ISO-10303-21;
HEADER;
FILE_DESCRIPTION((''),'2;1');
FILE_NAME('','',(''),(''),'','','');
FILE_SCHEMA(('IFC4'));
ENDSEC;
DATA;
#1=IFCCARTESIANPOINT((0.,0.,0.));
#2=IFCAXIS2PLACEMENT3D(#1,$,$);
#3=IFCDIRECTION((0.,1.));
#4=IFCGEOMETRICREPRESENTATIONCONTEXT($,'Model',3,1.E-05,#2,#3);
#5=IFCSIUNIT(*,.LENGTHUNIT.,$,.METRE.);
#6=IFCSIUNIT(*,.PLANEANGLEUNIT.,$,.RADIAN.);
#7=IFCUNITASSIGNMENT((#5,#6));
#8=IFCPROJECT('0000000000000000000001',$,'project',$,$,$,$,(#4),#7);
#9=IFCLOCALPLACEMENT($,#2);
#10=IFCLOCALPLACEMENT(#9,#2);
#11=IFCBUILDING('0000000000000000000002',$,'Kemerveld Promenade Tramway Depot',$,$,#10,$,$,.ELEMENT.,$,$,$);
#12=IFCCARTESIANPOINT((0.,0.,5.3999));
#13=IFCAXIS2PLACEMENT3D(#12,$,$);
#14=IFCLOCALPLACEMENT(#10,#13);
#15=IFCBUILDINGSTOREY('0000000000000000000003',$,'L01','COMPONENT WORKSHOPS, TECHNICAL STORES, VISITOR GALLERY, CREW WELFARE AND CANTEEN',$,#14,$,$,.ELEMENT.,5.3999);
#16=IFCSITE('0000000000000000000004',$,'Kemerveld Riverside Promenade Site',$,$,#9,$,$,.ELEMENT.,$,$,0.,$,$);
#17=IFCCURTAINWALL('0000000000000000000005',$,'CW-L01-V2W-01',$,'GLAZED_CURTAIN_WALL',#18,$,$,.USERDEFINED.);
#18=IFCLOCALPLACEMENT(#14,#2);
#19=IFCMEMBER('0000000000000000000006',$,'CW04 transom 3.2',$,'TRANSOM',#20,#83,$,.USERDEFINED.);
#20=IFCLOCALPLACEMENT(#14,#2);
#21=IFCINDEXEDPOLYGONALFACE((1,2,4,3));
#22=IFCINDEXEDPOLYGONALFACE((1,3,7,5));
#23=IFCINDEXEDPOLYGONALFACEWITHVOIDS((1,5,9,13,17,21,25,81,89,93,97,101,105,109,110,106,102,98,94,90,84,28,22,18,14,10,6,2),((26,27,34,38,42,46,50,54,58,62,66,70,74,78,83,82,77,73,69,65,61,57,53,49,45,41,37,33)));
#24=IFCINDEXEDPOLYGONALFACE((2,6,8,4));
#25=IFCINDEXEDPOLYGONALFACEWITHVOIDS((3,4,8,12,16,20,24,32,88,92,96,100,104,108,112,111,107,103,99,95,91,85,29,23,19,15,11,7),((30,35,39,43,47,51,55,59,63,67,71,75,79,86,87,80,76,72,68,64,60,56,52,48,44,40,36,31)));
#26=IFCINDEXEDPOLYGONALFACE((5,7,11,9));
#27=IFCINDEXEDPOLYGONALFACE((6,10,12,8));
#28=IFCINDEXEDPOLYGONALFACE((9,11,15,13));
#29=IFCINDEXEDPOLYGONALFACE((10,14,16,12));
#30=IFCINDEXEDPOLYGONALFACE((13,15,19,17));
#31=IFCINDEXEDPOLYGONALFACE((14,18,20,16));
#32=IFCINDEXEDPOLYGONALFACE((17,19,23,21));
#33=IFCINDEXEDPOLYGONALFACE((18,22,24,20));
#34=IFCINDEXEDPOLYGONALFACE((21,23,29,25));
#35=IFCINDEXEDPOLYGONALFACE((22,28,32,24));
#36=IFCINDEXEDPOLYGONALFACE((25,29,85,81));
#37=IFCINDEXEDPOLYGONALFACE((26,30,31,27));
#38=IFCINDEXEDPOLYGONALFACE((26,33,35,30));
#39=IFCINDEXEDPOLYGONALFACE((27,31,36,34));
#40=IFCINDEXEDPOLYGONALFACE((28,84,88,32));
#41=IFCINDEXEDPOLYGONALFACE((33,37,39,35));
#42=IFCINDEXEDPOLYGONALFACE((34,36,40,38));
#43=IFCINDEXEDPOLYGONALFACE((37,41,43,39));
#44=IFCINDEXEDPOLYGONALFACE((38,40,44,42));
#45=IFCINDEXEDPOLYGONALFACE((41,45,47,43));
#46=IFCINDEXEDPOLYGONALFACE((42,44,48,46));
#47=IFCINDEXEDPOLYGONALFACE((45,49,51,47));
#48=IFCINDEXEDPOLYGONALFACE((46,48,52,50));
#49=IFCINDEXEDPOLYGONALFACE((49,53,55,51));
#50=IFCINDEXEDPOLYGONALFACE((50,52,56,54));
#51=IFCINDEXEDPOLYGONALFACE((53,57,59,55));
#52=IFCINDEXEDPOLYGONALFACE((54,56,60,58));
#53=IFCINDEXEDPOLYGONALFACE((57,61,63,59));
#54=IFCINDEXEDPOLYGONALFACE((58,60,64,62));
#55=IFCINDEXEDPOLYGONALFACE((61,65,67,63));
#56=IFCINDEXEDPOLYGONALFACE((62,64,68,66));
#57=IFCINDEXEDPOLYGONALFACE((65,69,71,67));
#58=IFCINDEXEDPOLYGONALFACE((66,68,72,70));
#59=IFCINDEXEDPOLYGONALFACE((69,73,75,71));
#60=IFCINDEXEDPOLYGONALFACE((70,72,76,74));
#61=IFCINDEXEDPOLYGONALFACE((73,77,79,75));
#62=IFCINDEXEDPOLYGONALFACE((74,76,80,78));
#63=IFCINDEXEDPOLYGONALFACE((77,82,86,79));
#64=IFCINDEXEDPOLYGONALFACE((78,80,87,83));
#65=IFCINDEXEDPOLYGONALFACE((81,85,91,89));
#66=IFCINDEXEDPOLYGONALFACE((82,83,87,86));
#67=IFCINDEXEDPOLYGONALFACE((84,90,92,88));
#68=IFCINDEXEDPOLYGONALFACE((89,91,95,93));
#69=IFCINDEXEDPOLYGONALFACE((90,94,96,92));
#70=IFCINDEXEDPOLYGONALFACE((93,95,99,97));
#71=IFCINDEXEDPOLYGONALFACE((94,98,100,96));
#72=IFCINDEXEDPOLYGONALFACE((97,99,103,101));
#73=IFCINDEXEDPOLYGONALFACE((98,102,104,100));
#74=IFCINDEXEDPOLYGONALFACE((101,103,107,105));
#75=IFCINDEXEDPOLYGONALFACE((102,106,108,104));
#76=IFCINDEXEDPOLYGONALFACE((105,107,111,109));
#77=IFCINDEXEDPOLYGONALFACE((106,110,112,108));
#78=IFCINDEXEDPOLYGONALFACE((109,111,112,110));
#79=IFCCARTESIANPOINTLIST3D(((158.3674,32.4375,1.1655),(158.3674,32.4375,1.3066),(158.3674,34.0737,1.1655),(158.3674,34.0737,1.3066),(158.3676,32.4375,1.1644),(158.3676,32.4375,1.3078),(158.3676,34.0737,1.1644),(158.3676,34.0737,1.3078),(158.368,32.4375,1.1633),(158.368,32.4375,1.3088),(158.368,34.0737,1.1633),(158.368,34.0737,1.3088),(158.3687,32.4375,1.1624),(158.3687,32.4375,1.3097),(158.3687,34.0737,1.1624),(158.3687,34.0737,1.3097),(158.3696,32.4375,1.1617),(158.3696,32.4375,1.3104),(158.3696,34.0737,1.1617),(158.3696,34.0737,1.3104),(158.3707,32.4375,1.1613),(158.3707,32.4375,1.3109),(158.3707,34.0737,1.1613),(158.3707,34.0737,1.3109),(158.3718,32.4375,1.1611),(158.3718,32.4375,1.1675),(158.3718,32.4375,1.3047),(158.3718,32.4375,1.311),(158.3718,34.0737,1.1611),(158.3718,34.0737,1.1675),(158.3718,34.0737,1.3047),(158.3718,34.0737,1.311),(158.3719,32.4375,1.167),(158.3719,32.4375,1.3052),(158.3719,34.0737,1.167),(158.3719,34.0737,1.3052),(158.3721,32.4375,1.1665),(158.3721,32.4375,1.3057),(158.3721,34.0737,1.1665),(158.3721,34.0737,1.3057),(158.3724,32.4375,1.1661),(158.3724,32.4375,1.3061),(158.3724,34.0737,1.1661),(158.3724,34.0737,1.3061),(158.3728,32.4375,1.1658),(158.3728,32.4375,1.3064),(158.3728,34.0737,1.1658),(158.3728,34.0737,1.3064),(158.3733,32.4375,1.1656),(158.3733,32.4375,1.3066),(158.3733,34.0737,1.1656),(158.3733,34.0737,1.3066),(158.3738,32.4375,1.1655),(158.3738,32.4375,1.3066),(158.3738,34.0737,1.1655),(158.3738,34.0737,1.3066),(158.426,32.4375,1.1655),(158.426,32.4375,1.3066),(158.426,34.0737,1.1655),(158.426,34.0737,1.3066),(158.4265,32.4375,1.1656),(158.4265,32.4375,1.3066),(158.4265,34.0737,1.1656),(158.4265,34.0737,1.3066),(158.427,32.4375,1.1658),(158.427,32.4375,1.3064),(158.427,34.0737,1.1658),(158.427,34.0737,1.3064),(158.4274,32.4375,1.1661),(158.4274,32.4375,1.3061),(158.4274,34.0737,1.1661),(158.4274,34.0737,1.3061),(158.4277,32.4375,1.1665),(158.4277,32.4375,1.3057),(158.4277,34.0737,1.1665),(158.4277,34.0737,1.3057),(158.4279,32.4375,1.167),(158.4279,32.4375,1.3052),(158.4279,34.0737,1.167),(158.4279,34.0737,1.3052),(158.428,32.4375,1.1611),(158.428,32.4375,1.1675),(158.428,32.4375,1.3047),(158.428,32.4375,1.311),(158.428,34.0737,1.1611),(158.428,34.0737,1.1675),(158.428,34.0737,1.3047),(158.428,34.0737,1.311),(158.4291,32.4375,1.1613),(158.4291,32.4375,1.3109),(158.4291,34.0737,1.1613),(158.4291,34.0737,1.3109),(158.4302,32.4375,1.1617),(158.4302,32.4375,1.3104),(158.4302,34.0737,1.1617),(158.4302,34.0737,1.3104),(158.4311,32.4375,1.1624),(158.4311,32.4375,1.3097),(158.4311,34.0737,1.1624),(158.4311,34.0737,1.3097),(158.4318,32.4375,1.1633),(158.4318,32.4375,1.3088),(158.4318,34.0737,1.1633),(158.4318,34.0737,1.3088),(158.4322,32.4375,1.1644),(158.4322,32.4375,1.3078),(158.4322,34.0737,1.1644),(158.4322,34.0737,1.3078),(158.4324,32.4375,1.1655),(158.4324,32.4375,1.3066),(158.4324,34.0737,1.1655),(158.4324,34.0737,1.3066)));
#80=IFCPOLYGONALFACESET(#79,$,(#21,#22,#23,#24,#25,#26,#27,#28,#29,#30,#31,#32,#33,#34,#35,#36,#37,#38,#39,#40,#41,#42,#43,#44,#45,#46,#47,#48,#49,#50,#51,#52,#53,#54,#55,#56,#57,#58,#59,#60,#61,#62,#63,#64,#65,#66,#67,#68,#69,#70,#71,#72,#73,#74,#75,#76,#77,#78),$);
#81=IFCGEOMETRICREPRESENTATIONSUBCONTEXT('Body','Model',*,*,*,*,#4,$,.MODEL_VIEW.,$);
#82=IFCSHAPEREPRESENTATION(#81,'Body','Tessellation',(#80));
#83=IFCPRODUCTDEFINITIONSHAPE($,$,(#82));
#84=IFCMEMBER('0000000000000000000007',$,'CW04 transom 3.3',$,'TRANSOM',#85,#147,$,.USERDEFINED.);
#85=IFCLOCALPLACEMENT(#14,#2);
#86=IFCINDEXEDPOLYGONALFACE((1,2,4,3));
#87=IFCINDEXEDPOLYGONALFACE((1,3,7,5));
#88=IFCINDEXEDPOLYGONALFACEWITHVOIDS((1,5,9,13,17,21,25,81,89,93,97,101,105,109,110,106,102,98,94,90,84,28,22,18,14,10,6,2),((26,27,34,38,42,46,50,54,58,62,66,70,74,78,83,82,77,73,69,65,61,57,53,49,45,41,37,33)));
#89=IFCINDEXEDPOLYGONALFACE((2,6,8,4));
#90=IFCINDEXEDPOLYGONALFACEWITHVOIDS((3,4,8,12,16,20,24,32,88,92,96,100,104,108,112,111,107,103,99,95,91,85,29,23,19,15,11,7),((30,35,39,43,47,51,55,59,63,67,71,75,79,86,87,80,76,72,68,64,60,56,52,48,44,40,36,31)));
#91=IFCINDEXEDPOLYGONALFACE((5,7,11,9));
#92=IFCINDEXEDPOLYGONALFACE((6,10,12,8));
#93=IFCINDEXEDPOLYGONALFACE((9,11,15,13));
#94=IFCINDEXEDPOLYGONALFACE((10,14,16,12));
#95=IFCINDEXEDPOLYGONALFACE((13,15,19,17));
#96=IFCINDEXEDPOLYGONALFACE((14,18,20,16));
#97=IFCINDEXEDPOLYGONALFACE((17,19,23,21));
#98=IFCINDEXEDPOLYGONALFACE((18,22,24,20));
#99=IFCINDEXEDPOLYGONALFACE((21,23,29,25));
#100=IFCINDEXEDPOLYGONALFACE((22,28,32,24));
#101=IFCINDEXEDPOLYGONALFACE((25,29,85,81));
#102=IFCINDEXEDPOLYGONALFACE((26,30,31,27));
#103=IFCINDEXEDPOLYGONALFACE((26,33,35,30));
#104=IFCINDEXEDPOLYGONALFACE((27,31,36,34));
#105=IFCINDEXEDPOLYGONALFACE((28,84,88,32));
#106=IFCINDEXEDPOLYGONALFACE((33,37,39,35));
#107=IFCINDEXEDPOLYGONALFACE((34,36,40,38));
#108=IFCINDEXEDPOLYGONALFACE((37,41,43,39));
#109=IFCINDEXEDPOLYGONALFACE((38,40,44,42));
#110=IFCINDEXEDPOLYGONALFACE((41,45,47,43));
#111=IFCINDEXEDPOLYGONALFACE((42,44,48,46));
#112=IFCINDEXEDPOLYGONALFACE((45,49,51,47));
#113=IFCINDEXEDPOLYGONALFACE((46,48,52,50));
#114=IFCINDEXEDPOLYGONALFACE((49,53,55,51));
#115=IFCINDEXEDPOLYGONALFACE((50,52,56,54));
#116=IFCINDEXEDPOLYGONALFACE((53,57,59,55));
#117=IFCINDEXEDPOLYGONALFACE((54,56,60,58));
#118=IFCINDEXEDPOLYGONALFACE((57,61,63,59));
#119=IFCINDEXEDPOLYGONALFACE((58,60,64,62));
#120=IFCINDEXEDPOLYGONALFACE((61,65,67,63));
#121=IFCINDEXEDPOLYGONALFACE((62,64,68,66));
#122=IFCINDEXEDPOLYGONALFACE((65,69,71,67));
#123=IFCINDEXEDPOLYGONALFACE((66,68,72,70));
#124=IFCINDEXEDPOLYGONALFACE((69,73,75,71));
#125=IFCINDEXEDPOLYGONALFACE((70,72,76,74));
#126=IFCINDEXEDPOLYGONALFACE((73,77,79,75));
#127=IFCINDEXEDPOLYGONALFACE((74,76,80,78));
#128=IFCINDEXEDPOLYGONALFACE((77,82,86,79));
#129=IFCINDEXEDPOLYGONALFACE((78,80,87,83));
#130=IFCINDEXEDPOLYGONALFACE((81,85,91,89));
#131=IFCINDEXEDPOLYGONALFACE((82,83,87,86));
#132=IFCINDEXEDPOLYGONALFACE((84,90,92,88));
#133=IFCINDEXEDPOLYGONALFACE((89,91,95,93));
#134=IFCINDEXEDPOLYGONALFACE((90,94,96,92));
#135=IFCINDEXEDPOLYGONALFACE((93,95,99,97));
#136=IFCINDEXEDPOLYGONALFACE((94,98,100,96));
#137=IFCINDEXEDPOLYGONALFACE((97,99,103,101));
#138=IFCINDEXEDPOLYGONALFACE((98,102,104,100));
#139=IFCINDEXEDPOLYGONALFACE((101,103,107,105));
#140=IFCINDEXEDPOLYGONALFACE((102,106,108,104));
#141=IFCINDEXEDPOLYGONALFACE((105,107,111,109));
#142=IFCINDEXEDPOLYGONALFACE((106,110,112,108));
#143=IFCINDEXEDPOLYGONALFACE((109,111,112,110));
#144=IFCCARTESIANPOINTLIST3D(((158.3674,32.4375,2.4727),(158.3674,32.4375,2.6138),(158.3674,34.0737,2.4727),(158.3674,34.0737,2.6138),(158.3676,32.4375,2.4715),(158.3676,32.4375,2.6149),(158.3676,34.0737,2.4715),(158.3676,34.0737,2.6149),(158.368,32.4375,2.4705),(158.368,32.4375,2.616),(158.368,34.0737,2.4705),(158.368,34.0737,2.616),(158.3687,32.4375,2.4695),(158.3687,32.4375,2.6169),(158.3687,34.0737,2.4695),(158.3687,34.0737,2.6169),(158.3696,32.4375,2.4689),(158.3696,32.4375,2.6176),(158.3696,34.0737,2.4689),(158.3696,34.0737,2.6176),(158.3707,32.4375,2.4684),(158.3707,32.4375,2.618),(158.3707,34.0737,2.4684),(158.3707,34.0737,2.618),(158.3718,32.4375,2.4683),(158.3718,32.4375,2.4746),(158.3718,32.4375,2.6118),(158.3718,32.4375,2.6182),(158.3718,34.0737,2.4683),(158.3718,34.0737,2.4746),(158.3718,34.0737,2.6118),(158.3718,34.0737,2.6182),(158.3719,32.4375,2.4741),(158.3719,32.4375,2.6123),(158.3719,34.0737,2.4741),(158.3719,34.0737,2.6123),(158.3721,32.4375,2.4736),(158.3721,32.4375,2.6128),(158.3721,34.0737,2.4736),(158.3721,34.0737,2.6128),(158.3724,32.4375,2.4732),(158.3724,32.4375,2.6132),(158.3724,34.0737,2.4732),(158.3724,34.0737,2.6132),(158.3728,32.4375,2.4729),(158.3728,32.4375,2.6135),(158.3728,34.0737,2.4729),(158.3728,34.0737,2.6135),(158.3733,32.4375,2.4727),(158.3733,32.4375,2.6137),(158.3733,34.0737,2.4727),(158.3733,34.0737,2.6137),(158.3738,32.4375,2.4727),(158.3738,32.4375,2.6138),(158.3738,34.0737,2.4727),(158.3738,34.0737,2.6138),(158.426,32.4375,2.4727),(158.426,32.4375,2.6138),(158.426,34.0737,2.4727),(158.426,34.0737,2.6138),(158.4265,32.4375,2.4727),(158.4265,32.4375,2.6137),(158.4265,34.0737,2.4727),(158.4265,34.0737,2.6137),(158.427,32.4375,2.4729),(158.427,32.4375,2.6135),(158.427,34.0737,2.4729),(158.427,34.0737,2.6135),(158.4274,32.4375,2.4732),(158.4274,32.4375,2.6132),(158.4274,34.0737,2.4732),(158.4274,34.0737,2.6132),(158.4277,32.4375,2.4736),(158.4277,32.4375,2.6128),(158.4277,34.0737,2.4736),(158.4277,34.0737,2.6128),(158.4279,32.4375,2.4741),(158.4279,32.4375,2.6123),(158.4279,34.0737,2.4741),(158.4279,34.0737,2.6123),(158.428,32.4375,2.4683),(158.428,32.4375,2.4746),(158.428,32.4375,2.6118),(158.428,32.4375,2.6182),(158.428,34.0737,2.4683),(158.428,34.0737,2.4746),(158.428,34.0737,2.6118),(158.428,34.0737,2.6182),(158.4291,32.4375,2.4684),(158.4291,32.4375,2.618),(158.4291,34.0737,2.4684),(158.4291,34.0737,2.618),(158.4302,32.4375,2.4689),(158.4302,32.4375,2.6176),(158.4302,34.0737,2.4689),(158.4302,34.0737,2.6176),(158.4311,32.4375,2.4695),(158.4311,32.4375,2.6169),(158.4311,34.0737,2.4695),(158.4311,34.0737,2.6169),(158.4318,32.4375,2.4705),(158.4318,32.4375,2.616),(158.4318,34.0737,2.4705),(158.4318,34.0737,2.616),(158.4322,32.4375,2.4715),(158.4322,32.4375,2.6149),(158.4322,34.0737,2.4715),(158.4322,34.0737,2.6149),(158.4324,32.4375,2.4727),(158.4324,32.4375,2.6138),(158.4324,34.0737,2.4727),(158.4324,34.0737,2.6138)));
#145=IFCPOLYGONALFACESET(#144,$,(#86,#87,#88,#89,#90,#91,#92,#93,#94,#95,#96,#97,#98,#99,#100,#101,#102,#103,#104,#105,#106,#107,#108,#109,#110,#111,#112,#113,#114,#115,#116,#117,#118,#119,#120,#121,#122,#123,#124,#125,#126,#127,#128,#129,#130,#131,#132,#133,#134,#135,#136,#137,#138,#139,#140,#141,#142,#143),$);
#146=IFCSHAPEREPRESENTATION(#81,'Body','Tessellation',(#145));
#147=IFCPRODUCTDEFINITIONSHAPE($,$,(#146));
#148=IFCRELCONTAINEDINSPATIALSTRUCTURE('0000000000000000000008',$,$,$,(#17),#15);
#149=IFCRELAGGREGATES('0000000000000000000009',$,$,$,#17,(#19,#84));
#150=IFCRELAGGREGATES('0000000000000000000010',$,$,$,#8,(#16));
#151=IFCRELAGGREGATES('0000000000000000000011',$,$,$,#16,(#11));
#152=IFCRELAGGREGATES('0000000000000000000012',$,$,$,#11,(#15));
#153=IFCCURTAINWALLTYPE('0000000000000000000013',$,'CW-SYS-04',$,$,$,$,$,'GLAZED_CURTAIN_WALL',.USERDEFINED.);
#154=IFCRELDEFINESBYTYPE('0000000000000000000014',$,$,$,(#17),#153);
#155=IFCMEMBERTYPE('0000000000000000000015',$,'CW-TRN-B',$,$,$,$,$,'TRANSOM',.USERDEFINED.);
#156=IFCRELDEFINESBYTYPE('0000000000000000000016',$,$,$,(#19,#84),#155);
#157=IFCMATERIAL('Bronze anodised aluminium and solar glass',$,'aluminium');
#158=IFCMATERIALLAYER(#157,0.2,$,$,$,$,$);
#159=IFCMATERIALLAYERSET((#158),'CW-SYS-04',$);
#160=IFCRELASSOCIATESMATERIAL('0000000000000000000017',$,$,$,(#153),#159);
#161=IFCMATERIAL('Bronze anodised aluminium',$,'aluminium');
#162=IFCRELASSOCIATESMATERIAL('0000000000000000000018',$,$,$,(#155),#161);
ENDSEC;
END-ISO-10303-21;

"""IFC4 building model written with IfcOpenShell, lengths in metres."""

from ifc_helpers import new_model, si_unit, direction, frame, origin, origin_2d, place, context, subcontext, project, spatial, hollow_rectangle, extrude, material, layer, layer_set, material_profile, profile_set, type_object, element, aggregate, save


model = new_model("IFC4")

# Units and contexts
model_context = context("Model", 3, precision=1e-05, world=origin(), true_north=direction((0.0, 1.0)))
body_context = subcontext(model_context, "Body", "Model", "MODEL_VIEW")
ifc_project = project(units=[si_unit("LENGTHUNIT", "METRE"), si_unit("PLANEANGLEUNIT", "RADIAN")], contexts=[model_context])

# Site, building, storey
site_placement = place(None, origin())
site = spatial("IfcSite", under=ifc_project, at=site_placement, Name="Kemerveld Riverside Promenade Site", CompositionType="ELEMENT", RefElevation=0.0)
building_placement = place(site_placement, origin())
building = spatial("IfcBuilding", under=site, at=building_placement, Name="Kemerveld Promenade Tramway Depot", CompositionType="ELEMENT")
storey_placement = place(building_placement, frame((0.0, 0.0, 5.3999)))
storey = spatial("IfcBuildingStorey", under=building, at=storey_placement, Name="L01", Description="COMPONENT WORKSHOPS, TECHNICAL STORES, VISITOR GALLERY, CREW WELFARE AND CANTEEN", CompositionType="ELEMENT", Elevation=5.3999)

# Curtain wall
ifc_material_1 = material(Name="Bronze anodised aluminium and solar glass", Category="aluminium")
ifc_layer_1 = layer(ifc_material_1, 0.2)
ifc_layer_set_1 = layer_set([ifc_layer_1], Name="CW-SYS-04")
curtain_wall_type_1 = type_object("IfcCurtainWallType", Name="CW-SYS-04", ElementType="GLAZED_CURTAIN_WALL", PredefinedType="USERDEFINED", material=ifc_layer_set_1)
curtain_wall_1_placement = place(storey_placement, origin())
curtain_wall_1 = element("IfcCurtainWall", 1, at=curtain_wall_1_placement, inside=storey, type_object=curtain_wall_type_1, Name="CW-L01-V2W-01", ObjectType="GLAZED_CURTAIN_WALL", PredefinedType="USERDEFINED")
ifc_material_2 = material(Name="Bronze anodised aluminium", Category="aluminium")

# Members
ifc_material_profile_1 = material_profile(ifc_material_2, hollow_rectangle(XDim=0.0649, YDim=0.1499, WallThickness=0.0044, InnerFilletRadius=0.002, OuterFilletRadius=0.0044, at=origin_2d()), Name="CW-TRN-150x65")
ifc_profile_set_1 = profile_set([ifc_material_profile_1], Name="Bronze anodised aluminium")
member_type_1 = type_object("IfcMemberType", Name="CW-TRN-B", ElementType="TRANSOM", PredefinedType="USERDEFINED", material=ifc_profile_set_1)
member_1_placement = place(storey_placement, frame((158.3999, 32.4375, 1.2361), z_axis=(0.0, 1.0, 0.0), x_axis=(-1.0, 0.0, 0.0)))
member_1 = element("IfcMember", 2, at=member_1_placement, type_object=member_type_1, Name="CW04 transom 3.2", ObjectType="TRANSOM", PredefinedType="USERDEFINED", context=body_context, shape_type="SweptSolid", body=[
    extrude(hollow_rectangle(XDim=0.0649, YDim=0.1499, WallThickness=0.0044, InnerFilletRadius=0.002, OuterFilletRadius=0.0044, at=origin_2d()), origin(), (0.0, 0.0, 1.0), 1.6362),
])
member_2_placement = place(storey_placement, frame((158.3999, 32.4375, 2.5432), z_axis=(0.0, 1.0, 0.0), x_axis=(-1.0, 0.0, 0.0)))
member_2 = element("IfcMember", 3, at=member_2_placement, type_object=member_type_1, Name="CW04 transom 3.3", ObjectType="TRANSOM", PredefinedType="USERDEFINED", context=body_context, shape_type="SweptSolid", body=[
    extrude(hollow_rectangle(XDim=0.0649, YDim=0.1499, WallThickness=0.0044, InnerFilletRadius=0.002, OuterFilletRadius=0.0044, at=origin_2d()), origin(), (0.0, 0.0, 1.0), 1.6362),
])

aggregate(curtain_wall_1, [member_1, member_2])

save(model, "model.ifc")
